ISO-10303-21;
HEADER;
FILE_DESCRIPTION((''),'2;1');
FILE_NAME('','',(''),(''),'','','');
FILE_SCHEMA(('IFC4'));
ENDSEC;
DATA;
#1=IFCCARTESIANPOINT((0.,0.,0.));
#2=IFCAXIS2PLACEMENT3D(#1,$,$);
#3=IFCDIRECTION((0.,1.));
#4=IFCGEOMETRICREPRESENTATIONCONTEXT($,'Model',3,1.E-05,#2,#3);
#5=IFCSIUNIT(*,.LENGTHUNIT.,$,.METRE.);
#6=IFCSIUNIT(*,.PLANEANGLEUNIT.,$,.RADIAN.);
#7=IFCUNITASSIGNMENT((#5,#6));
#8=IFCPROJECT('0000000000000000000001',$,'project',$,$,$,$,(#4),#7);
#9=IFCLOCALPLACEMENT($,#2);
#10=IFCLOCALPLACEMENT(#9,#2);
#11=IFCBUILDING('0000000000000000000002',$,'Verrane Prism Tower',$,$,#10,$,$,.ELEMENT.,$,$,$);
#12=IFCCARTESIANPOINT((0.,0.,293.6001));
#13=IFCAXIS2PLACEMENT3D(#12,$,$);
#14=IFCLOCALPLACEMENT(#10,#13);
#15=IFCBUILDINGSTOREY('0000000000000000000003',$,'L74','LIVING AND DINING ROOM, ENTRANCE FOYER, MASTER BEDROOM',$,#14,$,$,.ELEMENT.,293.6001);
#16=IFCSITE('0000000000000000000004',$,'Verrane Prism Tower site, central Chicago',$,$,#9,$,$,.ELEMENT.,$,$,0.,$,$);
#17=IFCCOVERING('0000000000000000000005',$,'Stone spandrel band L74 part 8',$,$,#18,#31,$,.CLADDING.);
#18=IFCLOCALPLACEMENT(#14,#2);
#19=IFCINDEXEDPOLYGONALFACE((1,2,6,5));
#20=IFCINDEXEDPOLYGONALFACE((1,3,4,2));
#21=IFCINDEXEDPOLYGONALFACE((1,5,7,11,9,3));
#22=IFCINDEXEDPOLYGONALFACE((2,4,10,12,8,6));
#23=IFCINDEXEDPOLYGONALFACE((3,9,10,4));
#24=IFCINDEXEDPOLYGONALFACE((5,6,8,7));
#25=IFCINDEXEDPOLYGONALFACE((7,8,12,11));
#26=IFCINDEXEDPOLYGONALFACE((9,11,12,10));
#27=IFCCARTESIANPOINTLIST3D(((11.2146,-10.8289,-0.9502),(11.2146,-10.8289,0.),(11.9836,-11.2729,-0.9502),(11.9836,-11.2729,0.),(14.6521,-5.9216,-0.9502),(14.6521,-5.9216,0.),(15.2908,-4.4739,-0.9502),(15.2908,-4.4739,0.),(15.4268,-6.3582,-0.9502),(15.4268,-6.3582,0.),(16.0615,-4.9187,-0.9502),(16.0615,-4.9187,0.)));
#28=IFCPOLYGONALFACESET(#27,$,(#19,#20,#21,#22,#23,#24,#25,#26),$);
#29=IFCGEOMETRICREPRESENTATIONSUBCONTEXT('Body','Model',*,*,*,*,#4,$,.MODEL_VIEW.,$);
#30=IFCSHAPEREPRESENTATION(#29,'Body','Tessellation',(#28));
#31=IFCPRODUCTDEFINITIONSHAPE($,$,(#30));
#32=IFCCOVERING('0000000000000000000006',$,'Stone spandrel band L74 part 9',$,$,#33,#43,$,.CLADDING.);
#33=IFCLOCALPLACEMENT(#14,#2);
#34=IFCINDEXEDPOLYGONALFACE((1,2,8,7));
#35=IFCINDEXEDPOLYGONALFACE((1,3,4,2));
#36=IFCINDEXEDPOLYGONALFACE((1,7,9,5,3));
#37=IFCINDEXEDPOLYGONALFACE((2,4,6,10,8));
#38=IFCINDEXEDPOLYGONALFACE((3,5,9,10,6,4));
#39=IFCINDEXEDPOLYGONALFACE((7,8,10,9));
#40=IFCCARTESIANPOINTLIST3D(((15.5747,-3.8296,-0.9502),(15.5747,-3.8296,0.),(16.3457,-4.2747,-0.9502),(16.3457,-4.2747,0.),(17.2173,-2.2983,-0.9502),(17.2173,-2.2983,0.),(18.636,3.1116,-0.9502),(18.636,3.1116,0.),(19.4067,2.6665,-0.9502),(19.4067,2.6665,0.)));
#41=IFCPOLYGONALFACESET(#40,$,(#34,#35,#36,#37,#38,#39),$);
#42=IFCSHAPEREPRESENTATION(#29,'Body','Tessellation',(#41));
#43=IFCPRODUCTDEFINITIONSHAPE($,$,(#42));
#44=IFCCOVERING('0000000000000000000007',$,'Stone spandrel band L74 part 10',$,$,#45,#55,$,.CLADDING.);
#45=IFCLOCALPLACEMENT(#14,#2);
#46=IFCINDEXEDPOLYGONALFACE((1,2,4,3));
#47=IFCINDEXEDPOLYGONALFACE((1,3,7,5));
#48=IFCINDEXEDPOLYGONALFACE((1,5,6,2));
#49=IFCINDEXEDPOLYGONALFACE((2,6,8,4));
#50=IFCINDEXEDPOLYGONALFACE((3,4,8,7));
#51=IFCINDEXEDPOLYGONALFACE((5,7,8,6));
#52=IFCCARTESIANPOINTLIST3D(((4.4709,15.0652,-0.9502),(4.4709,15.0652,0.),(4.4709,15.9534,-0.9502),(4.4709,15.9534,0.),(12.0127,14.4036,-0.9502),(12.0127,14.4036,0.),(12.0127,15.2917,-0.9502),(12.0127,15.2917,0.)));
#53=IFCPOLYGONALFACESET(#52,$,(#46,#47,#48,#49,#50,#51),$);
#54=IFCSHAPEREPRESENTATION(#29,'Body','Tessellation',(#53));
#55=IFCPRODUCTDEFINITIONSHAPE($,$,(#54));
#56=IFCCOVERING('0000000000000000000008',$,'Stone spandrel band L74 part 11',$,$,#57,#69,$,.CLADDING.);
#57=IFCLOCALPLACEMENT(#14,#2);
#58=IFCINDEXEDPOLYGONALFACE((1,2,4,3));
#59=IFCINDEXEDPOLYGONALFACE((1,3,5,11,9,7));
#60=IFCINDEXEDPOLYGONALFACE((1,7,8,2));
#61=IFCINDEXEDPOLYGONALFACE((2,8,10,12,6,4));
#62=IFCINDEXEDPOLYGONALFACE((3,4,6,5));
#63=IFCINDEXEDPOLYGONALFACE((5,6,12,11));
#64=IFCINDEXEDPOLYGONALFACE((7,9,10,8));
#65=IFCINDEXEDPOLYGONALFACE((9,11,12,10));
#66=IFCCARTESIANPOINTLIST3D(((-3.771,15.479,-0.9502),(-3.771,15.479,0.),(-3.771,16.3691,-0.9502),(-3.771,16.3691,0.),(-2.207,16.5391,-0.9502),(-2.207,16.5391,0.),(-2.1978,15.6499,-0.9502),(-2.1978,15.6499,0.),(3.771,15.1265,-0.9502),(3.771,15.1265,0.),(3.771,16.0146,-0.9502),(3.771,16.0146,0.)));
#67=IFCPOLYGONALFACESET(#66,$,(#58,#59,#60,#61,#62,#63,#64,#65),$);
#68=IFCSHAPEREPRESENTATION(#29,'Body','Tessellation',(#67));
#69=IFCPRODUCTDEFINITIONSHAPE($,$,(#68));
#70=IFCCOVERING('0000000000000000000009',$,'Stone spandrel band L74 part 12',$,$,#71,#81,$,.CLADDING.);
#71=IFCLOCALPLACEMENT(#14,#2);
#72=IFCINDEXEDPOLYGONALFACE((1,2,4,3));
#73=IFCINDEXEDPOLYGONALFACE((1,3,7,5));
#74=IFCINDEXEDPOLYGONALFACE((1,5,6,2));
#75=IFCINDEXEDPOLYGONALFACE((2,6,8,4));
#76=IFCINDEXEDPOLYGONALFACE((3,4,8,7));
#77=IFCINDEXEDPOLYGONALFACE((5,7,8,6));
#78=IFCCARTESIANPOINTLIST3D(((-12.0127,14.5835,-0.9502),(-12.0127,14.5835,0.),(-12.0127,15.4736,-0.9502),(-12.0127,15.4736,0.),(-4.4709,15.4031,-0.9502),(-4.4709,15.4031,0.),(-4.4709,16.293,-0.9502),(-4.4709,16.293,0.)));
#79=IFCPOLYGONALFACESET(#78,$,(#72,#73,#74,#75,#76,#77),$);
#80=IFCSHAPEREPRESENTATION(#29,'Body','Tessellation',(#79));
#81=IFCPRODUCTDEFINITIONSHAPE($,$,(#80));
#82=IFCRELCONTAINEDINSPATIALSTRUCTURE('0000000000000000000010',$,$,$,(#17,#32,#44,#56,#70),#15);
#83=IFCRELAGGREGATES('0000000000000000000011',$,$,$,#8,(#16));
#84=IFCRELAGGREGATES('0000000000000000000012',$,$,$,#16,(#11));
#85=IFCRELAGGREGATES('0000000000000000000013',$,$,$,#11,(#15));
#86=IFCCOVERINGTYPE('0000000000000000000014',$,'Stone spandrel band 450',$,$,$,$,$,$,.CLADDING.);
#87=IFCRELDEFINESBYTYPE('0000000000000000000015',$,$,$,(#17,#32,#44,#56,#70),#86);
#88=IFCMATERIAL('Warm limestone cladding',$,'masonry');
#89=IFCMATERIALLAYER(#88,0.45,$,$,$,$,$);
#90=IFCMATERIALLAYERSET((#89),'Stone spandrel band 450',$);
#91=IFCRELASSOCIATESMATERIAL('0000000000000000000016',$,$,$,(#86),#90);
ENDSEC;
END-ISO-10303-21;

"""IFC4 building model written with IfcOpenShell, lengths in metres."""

from ifc_helpers import new_model, si_unit, direction, frame, origin, place, context, subcontext, project, spatial, polyline, outline, extrude, material, layer, layer_set, type_object, element, save


model = new_model("IFC4")

# Units and contexts
model_context = context("Model", 3, precision=1e-05, world=origin(), true_north=direction((0.0, 1.0)))
body_context = subcontext(model_context, "Body", "Model", "MODEL_VIEW")
ifc_project = project(units=[si_unit("LENGTHUNIT", "METRE"), si_unit("PLANEANGLEUNIT", "RADIAN")], contexts=[model_context])

# Site, building, storey
site_placement = place(None, origin())
site = spatial("IfcSite", under=ifc_project, at=site_placement, Name="Verrane Prism Tower site, central Chicago", CompositionType="ELEMENT", RefElevation=0.0)
building_placement = place(site_placement, origin())
building = spatial("IfcBuilding", under=site, at=building_placement, Name="Verrane Prism Tower", CompositionType="ELEMENT")
storey_placement = place(building_placement, frame((0.0, 0.0, 293.6001)))
storey = spatial("IfcBuildingStorey", under=building, at=storey_placement, Name="L74", Description="LIVING AND DINING ROOM, ENTRANCE FOYER, MASTER BEDROOM", CompositionType="ELEMENT", Elevation=293.6001)

# Coverings
ifc_material_1 = material(Name="Warm limestone cladding", Category="masonry")
ifc_layer_1 = layer(ifc_material_1, 0.45)
ifc_layer_set_1 = layer_set([ifc_layer_1], Name="Stone spandrel band 450")
covering_type = type_object("IfcCoveringType", Name="Stone spandrel band 450", PredefinedType="CLADDING", material=ifc_layer_set_1)
covering_1_placement = place(storey_placement, frame((0.0, 0.0, -0.9502)))
element("IfcCovering", 1, at=covering_1_placement, inside=storey, type_object=covering_type, Name="Stone spandrel band L74 part 8", PredefinedType="CLADDING", context=body_context, shape_type="SweptSolid", body=[
    extrude(outline(polyline([(16.0615, -4.9187), (15.2908, -4.4739), (14.6521, -5.9216), (11.2146, -10.8289), (11.9836, -11.2729), (15.4268, -6.3582), (16.0615, -4.9187)])), origin(), (0.0, 0.0, 1.0), 0.9502),
])
covering_2_placement = place(storey_placement, frame((0.0, 0.0, -0.9502)))
element("IfcCovering", 2, at=covering_2_placement, inside=storey, type_object=covering_type, Name="Stone spandrel band L74 part 9", PredefinedType="CLADDING", context=body_context, shape_type="SweptSolid", body=[
    extrude(outline(polyline([(18.636, 3.1116), (15.5747, -3.8296), (16.3457, -4.2747), (17.2173, -2.2983), (19.4067, 2.6665), (18.636, 3.1116)])), origin(), (0.0, 0.0, 1.0), 0.9502),
])
covering_3_placement = place(storey_placement, frame((0.0, 0.0, -0.9502)))
element("IfcCovering", 3, at=covering_3_placement, inside=storey, type_object=covering_type, Name="Stone spandrel band L74 part 10", PredefinedType="CLADDING", context=body_context, shape_type="SweptSolid", body=[
    extrude(outline(polyline([(4.4709, 15.0652), (12.0127, 14.4036), (12.0127, 15.2917), (4.4709, 15.9534), (4.4709, 15.0652)])), origin(), (0.0, 0.0, 1.0), 0.9502),
])
covering_4_placement = place(storey_placement, frame((0.0, 0.0, -0.9502)))
element("IfcCovering", 4, at=covering_4_placement, inside=storey, type_object=covering_type, Name="Stone spandrel band L74 part 11", PredefinedType="CLADDING", context=body_context, shape_type="SweptSolid", body=[
    extrude(outline(polyline([(-3.771, 16.3691), (-3.771, 15.479), (-2.1978, 15.6499), (3.771, 15.1265), (3.771, 16.0146), (-2.207, 16.5391), (-3.771, 16.3691)])), origin(), (0.0, 0.0, 1.0), 0.9502),
])
covering_5_placement = place(storey_placement, frame((0.0, 0.0, -0.9502)))
element("IfcCovering", 5, at=covering_5_placement, inside=storey, type_object=covering_type, Name="Stone spandrel band L74 part 12", PredefinedType="CLADDING", context=body_context, shape_type="SweptSolid", body=[
    extrude(outline(polyline([(-12.0127, 14.5835), (-4.4709, 15.4031), (-4.4709, 16.293), (-12.0127, 15.4736), (-12.0127, 14.5835)])), origin(), (0.0, 0.0, 1.0), 0.9502),
])

save(model, "model.ifc")
